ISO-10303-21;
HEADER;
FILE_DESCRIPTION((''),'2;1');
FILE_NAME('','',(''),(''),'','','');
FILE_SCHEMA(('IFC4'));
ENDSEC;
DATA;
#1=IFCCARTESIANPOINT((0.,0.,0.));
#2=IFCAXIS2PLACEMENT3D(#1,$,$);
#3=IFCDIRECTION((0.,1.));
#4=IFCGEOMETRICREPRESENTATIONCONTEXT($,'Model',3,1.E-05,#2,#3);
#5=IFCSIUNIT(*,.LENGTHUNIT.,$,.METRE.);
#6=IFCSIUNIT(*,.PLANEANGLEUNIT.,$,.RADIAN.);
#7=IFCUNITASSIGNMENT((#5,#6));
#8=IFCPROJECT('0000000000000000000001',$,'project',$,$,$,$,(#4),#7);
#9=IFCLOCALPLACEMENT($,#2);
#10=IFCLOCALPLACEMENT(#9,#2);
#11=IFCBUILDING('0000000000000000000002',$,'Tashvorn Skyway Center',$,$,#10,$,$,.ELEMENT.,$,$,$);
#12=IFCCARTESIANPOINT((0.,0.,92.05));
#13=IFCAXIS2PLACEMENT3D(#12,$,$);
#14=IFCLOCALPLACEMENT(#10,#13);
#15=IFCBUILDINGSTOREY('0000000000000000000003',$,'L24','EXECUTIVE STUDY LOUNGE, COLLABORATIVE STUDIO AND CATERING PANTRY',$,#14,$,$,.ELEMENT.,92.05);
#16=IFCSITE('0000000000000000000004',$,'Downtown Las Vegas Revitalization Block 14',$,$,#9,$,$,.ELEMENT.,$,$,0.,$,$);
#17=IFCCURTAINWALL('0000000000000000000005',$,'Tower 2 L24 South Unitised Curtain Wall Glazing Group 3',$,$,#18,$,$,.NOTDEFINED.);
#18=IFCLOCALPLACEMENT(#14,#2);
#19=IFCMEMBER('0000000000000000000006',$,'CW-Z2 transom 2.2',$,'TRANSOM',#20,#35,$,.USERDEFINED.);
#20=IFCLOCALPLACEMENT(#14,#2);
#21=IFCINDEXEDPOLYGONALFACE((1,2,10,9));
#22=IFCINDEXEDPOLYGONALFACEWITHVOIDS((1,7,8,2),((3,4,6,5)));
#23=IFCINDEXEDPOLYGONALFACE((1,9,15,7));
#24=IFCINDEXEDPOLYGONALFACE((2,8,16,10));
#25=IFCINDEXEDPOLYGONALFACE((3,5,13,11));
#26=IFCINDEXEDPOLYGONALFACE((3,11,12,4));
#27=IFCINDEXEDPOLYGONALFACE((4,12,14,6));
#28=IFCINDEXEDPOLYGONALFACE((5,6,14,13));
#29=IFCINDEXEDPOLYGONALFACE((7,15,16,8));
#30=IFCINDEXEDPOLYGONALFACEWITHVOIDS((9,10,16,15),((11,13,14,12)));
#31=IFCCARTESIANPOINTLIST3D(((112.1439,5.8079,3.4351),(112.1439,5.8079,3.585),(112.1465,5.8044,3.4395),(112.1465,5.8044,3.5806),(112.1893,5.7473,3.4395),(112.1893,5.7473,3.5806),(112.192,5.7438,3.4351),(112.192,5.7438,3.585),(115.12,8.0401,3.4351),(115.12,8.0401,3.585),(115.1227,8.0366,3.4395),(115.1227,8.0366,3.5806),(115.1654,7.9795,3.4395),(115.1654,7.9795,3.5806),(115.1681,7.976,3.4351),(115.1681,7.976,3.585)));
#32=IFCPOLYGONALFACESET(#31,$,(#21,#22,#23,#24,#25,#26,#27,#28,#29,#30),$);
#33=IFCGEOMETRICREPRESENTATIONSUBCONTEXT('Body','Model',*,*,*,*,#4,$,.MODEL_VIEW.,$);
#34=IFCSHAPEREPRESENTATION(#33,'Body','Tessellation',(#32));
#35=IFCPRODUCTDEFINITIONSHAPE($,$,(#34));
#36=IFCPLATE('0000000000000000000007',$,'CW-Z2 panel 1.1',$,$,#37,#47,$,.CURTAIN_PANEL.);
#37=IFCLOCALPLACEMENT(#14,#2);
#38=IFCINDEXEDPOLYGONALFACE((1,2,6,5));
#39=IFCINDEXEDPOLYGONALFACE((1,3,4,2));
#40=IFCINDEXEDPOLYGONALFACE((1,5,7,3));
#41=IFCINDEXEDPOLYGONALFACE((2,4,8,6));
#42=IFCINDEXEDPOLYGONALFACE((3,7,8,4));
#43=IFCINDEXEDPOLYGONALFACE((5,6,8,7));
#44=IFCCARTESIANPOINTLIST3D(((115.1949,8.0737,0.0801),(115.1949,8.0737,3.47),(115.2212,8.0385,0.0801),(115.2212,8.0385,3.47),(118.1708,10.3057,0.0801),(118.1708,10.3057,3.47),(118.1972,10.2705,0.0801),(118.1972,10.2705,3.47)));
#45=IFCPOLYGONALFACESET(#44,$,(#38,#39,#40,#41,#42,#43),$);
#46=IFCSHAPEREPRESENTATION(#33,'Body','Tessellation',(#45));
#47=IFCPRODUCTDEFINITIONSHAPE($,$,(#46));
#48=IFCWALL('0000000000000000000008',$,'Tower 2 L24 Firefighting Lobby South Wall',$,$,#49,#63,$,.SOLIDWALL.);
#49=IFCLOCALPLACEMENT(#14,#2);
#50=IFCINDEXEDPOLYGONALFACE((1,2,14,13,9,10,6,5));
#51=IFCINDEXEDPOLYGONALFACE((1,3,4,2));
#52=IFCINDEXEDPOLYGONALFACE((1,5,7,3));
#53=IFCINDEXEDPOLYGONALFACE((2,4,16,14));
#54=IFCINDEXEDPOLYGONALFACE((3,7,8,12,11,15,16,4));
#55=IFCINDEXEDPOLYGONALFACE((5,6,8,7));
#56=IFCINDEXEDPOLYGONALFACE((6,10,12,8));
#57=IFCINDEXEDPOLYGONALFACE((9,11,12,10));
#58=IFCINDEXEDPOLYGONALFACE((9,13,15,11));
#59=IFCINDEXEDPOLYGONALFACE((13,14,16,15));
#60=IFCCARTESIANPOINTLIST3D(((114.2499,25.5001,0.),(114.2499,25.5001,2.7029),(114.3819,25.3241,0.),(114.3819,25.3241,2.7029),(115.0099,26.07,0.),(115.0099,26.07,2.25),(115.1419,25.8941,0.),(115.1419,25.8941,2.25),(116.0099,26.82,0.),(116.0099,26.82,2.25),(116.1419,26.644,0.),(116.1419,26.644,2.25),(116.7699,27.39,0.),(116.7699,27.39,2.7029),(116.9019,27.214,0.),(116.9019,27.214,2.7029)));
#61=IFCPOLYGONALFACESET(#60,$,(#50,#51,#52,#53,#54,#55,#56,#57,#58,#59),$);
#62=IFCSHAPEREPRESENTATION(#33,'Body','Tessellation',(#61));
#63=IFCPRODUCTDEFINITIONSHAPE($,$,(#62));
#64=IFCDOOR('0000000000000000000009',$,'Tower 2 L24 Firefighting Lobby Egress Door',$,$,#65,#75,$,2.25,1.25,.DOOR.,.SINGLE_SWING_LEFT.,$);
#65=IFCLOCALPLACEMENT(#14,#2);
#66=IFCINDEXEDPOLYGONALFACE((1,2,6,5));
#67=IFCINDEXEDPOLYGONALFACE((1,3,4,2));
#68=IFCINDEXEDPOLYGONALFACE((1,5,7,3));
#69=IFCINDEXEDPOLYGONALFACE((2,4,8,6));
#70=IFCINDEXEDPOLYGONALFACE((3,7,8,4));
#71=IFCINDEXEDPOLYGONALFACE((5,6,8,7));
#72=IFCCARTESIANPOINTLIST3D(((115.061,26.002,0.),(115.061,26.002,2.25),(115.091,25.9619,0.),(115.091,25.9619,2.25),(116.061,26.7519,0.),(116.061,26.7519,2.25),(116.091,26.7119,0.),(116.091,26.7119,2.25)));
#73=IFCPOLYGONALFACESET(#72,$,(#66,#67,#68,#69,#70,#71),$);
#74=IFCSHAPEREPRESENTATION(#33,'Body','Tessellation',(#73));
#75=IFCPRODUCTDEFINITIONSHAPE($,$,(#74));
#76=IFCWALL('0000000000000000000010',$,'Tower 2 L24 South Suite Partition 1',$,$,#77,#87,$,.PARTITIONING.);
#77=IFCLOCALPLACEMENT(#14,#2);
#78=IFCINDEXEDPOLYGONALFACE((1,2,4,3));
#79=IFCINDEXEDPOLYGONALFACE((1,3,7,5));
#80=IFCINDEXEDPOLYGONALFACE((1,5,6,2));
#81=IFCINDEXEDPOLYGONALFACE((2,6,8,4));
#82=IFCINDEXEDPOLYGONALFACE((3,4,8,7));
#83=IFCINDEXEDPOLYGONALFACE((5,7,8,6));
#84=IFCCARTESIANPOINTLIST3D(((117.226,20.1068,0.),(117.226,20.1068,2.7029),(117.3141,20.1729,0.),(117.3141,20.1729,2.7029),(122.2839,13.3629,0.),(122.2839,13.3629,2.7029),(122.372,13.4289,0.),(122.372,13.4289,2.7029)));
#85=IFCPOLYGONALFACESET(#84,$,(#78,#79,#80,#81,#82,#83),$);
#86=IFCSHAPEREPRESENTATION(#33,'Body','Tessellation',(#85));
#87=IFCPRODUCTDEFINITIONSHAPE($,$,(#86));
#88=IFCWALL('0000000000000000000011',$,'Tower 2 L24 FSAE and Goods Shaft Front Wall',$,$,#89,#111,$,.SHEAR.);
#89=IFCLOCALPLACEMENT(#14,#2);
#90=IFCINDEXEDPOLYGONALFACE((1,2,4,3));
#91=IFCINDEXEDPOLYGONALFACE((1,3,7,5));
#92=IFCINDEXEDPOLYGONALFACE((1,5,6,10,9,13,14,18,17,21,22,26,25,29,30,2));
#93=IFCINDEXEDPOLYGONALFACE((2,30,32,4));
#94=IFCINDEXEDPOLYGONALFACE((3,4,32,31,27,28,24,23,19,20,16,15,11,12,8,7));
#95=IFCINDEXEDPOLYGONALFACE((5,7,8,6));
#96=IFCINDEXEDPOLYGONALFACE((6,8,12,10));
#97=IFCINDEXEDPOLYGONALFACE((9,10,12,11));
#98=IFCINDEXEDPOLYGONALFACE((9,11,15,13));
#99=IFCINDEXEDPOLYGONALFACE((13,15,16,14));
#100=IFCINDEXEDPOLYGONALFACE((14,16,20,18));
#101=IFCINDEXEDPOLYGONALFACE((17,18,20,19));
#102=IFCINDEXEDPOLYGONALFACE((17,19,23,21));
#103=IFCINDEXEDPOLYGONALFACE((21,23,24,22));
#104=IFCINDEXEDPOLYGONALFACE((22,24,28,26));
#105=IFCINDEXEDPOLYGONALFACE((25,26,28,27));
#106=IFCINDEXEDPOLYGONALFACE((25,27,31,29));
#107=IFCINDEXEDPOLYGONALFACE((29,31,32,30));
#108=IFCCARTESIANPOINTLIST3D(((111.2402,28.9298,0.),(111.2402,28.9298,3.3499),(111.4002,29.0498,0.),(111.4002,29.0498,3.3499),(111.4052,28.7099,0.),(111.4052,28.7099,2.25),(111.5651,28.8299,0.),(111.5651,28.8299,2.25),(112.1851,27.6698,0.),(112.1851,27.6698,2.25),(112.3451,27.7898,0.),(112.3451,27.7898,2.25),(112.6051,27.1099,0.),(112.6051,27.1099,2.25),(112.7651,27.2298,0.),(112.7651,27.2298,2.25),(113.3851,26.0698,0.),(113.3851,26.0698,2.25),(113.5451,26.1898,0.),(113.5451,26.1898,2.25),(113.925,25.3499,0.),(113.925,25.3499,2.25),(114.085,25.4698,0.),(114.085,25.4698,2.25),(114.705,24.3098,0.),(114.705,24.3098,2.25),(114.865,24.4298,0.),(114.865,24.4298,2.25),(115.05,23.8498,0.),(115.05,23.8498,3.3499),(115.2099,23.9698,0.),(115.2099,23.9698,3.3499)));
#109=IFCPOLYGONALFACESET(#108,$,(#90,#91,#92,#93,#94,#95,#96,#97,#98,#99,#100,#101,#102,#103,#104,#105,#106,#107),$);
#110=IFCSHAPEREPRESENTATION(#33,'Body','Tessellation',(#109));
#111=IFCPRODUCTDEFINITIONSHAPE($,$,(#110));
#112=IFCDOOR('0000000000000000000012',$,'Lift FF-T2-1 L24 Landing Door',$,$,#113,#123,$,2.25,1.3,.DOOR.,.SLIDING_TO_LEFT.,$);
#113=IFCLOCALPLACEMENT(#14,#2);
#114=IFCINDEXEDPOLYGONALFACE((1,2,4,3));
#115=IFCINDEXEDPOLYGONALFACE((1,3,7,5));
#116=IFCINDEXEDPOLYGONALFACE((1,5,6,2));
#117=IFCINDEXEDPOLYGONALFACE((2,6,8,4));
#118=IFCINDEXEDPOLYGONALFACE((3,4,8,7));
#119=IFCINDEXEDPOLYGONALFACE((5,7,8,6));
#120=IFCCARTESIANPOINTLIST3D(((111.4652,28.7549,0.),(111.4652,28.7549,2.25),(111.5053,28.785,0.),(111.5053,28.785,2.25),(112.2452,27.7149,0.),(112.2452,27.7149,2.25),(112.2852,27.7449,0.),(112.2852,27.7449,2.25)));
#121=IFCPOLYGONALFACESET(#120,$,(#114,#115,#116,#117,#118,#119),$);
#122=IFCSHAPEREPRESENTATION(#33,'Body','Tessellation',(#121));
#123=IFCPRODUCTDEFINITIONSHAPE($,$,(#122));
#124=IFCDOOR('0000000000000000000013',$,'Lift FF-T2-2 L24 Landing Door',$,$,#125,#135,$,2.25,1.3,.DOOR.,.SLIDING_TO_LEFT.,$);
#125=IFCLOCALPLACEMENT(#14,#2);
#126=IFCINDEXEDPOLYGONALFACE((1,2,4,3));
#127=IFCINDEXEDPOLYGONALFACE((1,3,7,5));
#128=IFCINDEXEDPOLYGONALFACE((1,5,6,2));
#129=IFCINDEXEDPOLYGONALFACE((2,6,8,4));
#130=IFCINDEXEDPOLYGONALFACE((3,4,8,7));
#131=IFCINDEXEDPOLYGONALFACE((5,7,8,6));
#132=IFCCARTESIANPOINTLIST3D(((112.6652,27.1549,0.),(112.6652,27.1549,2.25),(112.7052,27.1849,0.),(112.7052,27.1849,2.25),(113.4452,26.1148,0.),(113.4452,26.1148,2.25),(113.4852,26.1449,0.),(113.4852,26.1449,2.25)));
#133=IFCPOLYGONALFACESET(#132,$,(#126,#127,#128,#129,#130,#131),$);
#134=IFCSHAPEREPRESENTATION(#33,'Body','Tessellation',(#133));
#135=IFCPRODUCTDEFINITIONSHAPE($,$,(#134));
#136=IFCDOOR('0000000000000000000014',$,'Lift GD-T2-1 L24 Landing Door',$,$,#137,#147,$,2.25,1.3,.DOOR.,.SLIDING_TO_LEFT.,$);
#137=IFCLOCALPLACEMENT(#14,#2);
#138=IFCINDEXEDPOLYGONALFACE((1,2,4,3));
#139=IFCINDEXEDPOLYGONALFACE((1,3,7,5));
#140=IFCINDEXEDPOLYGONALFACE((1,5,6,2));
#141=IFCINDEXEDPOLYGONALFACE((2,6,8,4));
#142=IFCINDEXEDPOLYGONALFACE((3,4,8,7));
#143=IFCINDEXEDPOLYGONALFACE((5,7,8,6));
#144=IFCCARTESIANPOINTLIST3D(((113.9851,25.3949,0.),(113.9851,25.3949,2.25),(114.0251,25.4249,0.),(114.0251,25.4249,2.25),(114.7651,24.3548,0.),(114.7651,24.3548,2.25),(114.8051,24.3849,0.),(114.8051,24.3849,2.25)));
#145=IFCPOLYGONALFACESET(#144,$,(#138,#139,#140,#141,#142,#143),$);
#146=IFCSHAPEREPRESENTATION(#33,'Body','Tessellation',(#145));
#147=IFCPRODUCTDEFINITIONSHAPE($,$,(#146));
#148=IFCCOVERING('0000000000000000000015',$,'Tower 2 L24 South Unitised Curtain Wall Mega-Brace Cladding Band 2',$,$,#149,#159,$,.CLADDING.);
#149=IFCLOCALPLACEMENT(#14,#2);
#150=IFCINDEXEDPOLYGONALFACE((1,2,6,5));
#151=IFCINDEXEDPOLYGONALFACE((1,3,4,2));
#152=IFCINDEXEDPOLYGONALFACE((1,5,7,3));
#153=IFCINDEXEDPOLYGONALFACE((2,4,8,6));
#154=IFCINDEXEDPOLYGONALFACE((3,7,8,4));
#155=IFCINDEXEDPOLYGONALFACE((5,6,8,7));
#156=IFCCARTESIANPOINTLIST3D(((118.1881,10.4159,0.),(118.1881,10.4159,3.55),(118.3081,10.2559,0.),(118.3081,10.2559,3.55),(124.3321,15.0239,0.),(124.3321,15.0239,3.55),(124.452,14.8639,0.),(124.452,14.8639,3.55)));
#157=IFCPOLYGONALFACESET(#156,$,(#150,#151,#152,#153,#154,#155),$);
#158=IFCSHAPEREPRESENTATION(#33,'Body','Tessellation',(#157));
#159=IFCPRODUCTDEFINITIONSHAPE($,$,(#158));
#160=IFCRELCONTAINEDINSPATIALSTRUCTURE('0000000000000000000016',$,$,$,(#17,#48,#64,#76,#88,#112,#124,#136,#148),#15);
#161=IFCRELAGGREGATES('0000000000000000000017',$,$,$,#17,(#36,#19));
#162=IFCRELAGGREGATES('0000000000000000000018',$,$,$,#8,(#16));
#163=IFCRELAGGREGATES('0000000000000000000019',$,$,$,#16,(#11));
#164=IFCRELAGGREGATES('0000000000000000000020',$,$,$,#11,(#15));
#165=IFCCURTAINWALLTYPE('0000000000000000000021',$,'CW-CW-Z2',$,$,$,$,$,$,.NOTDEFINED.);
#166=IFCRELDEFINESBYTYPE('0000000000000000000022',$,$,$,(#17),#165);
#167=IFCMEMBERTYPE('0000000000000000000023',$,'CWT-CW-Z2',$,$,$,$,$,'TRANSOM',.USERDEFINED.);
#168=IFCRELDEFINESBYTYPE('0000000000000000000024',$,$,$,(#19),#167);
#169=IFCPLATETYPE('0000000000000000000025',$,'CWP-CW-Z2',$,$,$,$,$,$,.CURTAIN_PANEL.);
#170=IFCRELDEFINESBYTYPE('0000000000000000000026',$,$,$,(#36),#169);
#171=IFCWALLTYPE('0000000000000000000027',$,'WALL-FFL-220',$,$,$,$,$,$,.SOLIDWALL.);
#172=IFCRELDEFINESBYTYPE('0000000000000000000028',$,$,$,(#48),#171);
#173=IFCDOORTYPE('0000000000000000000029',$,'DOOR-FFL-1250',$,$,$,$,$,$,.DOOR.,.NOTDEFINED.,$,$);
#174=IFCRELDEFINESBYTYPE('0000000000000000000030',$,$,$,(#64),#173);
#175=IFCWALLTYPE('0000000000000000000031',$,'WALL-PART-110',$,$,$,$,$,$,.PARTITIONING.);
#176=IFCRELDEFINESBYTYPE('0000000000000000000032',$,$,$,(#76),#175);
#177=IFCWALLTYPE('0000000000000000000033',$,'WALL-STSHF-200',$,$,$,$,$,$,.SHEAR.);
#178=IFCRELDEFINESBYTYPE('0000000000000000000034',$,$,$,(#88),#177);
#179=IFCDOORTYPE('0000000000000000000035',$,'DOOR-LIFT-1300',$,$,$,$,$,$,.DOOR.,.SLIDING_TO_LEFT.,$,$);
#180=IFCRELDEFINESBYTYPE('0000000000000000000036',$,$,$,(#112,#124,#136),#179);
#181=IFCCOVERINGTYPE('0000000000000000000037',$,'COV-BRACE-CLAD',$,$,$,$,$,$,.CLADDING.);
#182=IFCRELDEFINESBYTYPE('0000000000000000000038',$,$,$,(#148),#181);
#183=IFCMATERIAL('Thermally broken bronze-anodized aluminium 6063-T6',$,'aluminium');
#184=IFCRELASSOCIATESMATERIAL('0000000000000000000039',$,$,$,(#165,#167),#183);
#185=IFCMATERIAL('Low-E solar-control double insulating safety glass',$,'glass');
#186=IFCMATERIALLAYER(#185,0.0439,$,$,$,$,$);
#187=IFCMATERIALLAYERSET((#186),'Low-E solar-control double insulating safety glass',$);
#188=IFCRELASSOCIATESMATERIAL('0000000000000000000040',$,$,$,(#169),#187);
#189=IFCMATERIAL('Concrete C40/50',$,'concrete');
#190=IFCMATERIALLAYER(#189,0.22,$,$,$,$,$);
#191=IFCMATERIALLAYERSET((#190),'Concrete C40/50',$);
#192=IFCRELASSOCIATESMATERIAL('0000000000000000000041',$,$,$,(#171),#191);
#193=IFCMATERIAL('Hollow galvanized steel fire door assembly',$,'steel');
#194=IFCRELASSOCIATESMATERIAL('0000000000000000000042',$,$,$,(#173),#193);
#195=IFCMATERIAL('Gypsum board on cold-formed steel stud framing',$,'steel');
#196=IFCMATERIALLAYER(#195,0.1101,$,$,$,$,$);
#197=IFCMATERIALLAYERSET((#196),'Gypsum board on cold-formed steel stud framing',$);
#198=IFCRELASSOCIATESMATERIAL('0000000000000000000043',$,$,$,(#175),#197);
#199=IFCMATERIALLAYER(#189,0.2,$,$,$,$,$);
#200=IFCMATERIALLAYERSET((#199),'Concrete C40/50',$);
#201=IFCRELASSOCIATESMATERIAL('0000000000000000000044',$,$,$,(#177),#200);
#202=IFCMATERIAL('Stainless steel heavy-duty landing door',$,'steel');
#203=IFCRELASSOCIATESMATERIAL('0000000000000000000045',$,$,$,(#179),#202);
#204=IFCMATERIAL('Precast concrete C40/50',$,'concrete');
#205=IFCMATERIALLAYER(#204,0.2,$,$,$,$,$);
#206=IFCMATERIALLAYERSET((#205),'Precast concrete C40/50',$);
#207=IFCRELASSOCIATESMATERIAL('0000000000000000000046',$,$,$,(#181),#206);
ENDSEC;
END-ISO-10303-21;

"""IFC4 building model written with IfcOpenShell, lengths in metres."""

from ifc_helpers import new_model, si_unit, direction, frame, frame_2d, origin, origin_2d, place, context, subcontext, project, spatial, rectangle, hollow_rectangle, extrude, material, layer, layer_set, material_profile, profile_set, type_object, element, fill, aggregate, save


model = new_model("IFC4")

# Units and contexts
model_context = context("Model", 3, precision=1e-05, world=origin(), true_north=direction((0.0, 1.0)))
body_context = subcontext(model_context, "Body", "Model", "MODEL_VIEW")
ifc_project = project(units=[si_unit("LENGTHUNIT", "METRE"), si_unit("PLANEANGLEUNIT", "RADIAN")], contexts=[model_context])

# Site, building, storey
site_placement = place(None, origin())
site = spatial("IfcSite", under=ifc_project, at=site_placement, Name="Downtown Las Vegas Revitalization Block 14", CompositionType="ELEMENT", RefElevation=0.0)
building_placement = place(site_placement, origin())
building = spatial("IfcBuilding", under=site, at=building_placement, Name="Tashvorn Skyway Center", CompositionType="ELEMENT")
storey_placement = place(building_placement, frame((0.0, 0.0, 92.05)))
storey = spatial("IfcBuildingStorey", under=building, at=storey_placement, Name="L24", Description="EXECUTIVE STUDY LOUNGE, COLLABORATIVE STUDIO AND CATERING PANTRY", CompositionType="ELEMENT", Elevation=92.05)

# Shared definitions
ifc_material_1 = material(Name="Thermally broken bronze-anodized aluminium 6063-T6", Category="aluminium")
curtain_wall_type = type_object("IfcCurtainWallType", Name="CW-CW-Z2", PredefinedType="NOTDEFINED", material=ifc_material_1)

# Curtain wall, member, plate
curtain_wall_1_placement = place(storey_placement, origin())
curtain_wall_1 = element("IfcCurtainWall", 1, at=curtain_wall_1_placement, inside=storey, type_object=curtain_wall_type, Name="Tower 2 L24 South Unitised Curtain Wall Glazing Group 3", PredefinedType="NOTDEFINED")
ifc_material_profile_1 = material_profile(ifc_material_1, hollow_rectangle(XDim=0.0801, YDim=0.1499, WallThickness=0.0044, at=origin_2d()), Name="ALU-TRAN-80x150")
ifc_profile_set_1 = profile_set([ifc_material_profile_1], Name="Thermally broken bronze-anodized aluminium 6063-T6")
member_type_1 = type_object("IfcMemberType", Name="CWT-CW-Z2", ElementType="TRANSOM", PredefinedType="USERDEFINED", material=ifc_profile_set_1)
member_1_placement = place(storey_placement, frame((115.144, 8.0081, 3.51), z_axis=(-0.799984, -0.600021, 0.0), x_axis=(0.600021, -0.799984, 0.0)))
member_1 = element("IfcMember", 2, at=member_1_placement, type_object=member_type_1, Name="CW-Z2 transom 2.2", ObjectType="TRANSOM", PredefinedType="USERDEFINED", context=body_context, shape_type="SweptSolid", body=[
    extrude(hollow_rectangle(XDim=0.0801, YDim=0.1499, WallThickness=0.0044, at=origin_2d()), origin(), (0.0, 0.0, 1.0), 3.7202),
])
ifc_material_2 = material(Name="Low-E solar-control double insulating safety glass", Category="glass")
ifc_layer_1 = layer(ifc_material_2, 0.0439)
ifc_layer_set_1 = layer_set([ifc_layer_1], Name="Low-E solar-control double insulating safety glass")
plate_type = type_object("IfcPlateType", Name="CWP-CW-Z2", PredefinedType="CURTAIN_PANEL", material=ifc_layer_set_1)
plate_placement = place(storey_placement, frame((116.696, 9.1721, 0.0801), z_axis=(0.0, 0.0, 1.0), x_axis=(-0.8, -0.6, 0.0)))
plate = element("IfcPlate", 3, at=plate_placement, type_object=plate_type, Name="CW-Z2 panel 1.1", PredefinedType="CURTAIN_PANEL", context=body_context, shape_type="SweptSolid", body=[
    extrude(rectangle(XDim=3.72, YDim=0.0439, at=origin_2d()), origin(), (0.0, 0.0, 1.0), 3.3899),
])
aggregate(curtain_wall_1, [plate, member_1])

# Wall, opening, door
ifc_material_3 = material(Name="Concrete C40/50", Category="concrete")
ifc_layer_2 = layer(ifc_material_3, 0.22)
ifc_layer_set_2 = layer_set([ifc_layer_2], Name="Concrete C40/50")
wall_type_1 = type_object("IfcWallType", Name="WALL-FFL-220", PredefinedType="SOLIDWALL", material=ifc_layer_set_2)
wall_1_placement = place(storey_placement, frame((114.3159, 25.4121, 0.0), z_axis=(0.0, 0.0, 1.0), x_axis=(0.800019, 0.599975, 0.0)))
wall_1 = element("IfcWall", 4, at=wall_1_placement, inside=storey, type_object=wall_type_1, Name="Tower 2 L24 Firefighting Lobby South Wall", PredefinedType="SOLIDWALL", context=body_context, shape_type="SweptSolid", body=[
    extrude(rectangle(XDim=3.1499, YDim=0.22, at=frame_2d((1.575, 0.0))), origin(), (0.0, 0.0, 1.0), 2.7029),
])
opening_1_placement = place(wall_1_placement, frame((0.95, 0.0, 0.0)))
opening_1 = element("IfcOpeningElement", 5, at=opening_1_placement, cuts=wall_1, PredefinedType="OPENING", context=body_context, shape_type="SweptSolid", body=[
    extrude(rectangle(XDim=1.25, YDim=2.25, at=frame_2d((0.625, 1.125))), frame((0.0, 0.1199, 0.0), z_axis=(0.0, -1.0, 0.0), x_axis=(1.0, 0.0, 0.0)), (0.0, 0.0, 1.0), 0.24),
])
ifc_material_4 = material(Name="Hollow galvanized steel fire door assembly", Category="steel")
door_type_1 = type_object("IfcDoorType", Name="DOOR-FFL-1250", OperationType="NOTDEFINED", PredefinedType="DOOR", material=ifc_material_4)
door_1_placement = place(opening_1_placement, origin())
door_1 = element("IfcDoor", 6, at=door_1_placement, inside=storey, type_object=door_type_1, Name="Tower 2 L24 Firefighting Lobby Egress Door", OperationType="SINGLE_SWING_LEFT", OverallHeight=2.25, OverallWidth=1.25, PredefinedType="DOOR", context=body_context, shape_type="SweptSolid", body=[
    extrude(rectangle(XDim=1.25, YDim=2.25, at=frame_2d((0.625, 1.125))), frame((0.0, 0.0249, 0.0), z_axis=(0.0, -1.0, 0.0), x_axis=(1.0, 0.0, 0.0)), (0.0, 0.0, 1.0), 0.05),
])
fill(opening_1, door_1)

# Wall
ifc_material_5 = material(Name="Gypsum board on cold-formed steel stud framing", Category="steel")
ifc_layer_3 = layer(ifc_material_5, 0.1101)
ifc_layer_set_3 = layer_set([ifc_layer_3], Name="Gypsum board on cold-formed steel stud framing")
wall_type_2 = type_object("IfcWallType", Name="WALL-PART-110", PredefinedType="PARTITIONING", material=ifc_layer_set_3)
wall_2_placement = place(storey_placement, frame((122.3279, 13.396, 0.0), z_axis=(0.0, 0.0, 1.0), x_axis=(-0.599995, 0.800003, 0.0)))
element("IfcWall", 7, at=wall_2_placement, inside=storey, type_object=wall_type_2, Name="Tower 2 L24 South Suite Partition 1", PredefinedType="PARTITIONING", context=body_context, shape_type="SweptSolid", body=[
    extrude(rectangle(XDim=8.4299, YDim=0.1101, at=frame_2d((4.2148, 0.0))), origin(), (0.0, 0.0, 1.0), 2.7029),
])

# Wall, openings, doors
ifc_layer_4 = layer(ifc_material_3, 0.2)
ifc_layer_set_4 = layer_set([ifc_layer_4], Name="Concrete C40/50")
wall_type_3 = type_object("IfcWallType", Name="WALL-STSHF-200", PredefinedType="SHEAR", material=ifc_layer_set_4)
wall_3_placement = place(storey_placement, frame((115.1299, 23.9099, 0.0), z_axis=(0.0, 0.0, 1.0), x_axis=(-0.599975, 0.800018, 0.0)))
wall_3 = element("IfcWall", 8, at=wall_3_placement, inside=storey, type_object=wall_type_3, Name="Tower 2 L24 FSAE and Goods Shaft Front Wall", PredefinedType="SHEAR", context=body_context, shape_type="SweptSolid", body=[
    extrude(rectangle(XDim=6.3499, YDim=0.2, at=frame_2d((3.1748, 0.0))), origin(), (0.0, 0.0, 1.0), 3.3499),
])
opening_2_placement = place(wall_3_placement, frame((4.7749, 0.0, 0.0)))
opening_2 = element("IfcOpeningElement", 9, at=opening_2_placement, cuts=wall_3, PredefinedType="OPENING", context=body_context, shape_type="SweptSolid", body=[
    extrude(rectangle(XDim=1.3, YDim=2.25, at=frame_2d((0.6499, 1.125))), frame((0.0, 0.1099, 0.0), z_axis=(0.0, -1.0, 0.0), x_axis=(1.0, 0.0, 0.0)), (0.0, 0.0, 1.0), 0.22),
])
opening_3_placement = place(wall_3_placement, frame((2.7749, 0.0, 0.0)))
opening_3 = element("IfcOpeningElement", 10, at=opening_3_placement, cuts=wall_3, PredefinedType="OPENING", context=body_context, shape_type="SweptSolid", body=[
    extrude(rectangle(XDim=1.3, YDim=2.25, at=frame_2d((0.6499, 1.125))), frame((0.0, 0.1099, 0.0), z_axis=(0.0, -1.0, 0.0), x_axis=(1.0, 0.0, 0.0)), (0.0, 0.0, 1.0), 0.22),
])
opening_4_placement = place(wall_3_placement, frame((0.575, 0.0, 0.0)))
opening_4 = element("IfcOpeningElement", 11, at=opening_4_placement, cuts=wall_3, PredefinedType="OPENING", context=body_context, shape_type="SweptSolid", body=[
    extrude(rectangle(XDim=1.3, YDim=2.25, at=frame_2d((0.6499, 1.125))), frame((0.0, 0.1099, 0.0), z_axis=(0.0, -1.0, 0.0), x_axis=(1.0, 0.0, 0.0)), (0.0, 0.0, 1.0), 0.22),
])
ifc_material_6 = material(Name="Stainless steel heavy-duty landing door", Category="steel")
door_type_2 = type_object("IfcDoorType", Name="DOOR-LIFT-1300", OperationType="SLIDING_TO_LEFT", PredefinedType="DOOR", material=ifc_material_6)
door_2_placement = place(opening_2_placement, origin())
door_2 = element("IfcDoor", 12, at=door_2_placement, inside=storey, type_object=door_type_2, Name="Lift FF-T2-1 L24 Landing Door", OperationType="SLIDING_TO_LEFT", OverallHeight=2.25, OverallWidth=1.3, PredefinedType="DOOR", context=body_context, shape_type="SweptSolid", body=[
    extrude(rectangle(XDim=1.3, YDim=2.25, at=frame_2d((0.6499, 1.125))), frame((0.0, 0.0249, 0.0), z_axis=(0.0, -1.0, 0.0), x_axis=(1.0, 0.0, 0.0)), (0.0, 0.0, 1.0), 0.05),
])
fill(opening_2, door_2)
door_3_placement = place(opening_3_placement, origin())
door_3 = element("IfcDoor", 13, at=door_3_placement, inside=storey, type_object=door_type_2, Name="Lift FF-T2-2 L24 Landing Door", OperationType="SLIDING_TO_LEFT", OverallHeight=2.25, OverallWidth=1.3, PredefinedType="DOOR", context=body_context, shape_type="SweptSolid", body=[
    extrude(rectangle(XDim=1.3, YDim=2.25, at=frame_2d((0.6499, 1.125))), frame((0.0, 0.0249, 0.0), z_axis=(0.0, -1.0, 0.0), x_axis=(1.0, 0.0, 0.0)), (0.0, 0.0, 1.0), 0.05),
])
fill(opening_3, door_3)
door_4_placement = place(opening_4_placement, origin())
door_4 = element("IfcDoor", 14, at=door_4_placement, inside=storey, type_object=door_type_2, Name="Lift GD-T2-1 L24 Landing Door", OperationType="SLIDING_TO_LEFT", OverallHeight=2.25, OverallWidth=1.3, PredefinedType="DOOR", context=body_context, shape_type="SweptSolid", body=[
    extrude(rectangle(XDim=1.3, YDim=2.25, at=frame_2d((0.6499, 1.125))), frame((0.0, 0.0249, 0.0), z_axis=(0.0, -1.0, 0.0), x_axis=(1.0, 0.0, 0.0)), (0.0, 0.0, 1.0), 0.05),
])
fill(opening_4, door_4)

# Covering
ifc_material_7 = material(Name="Precast concrete C40/50", Category="concrete")
ifc_layer_5 = layer(ifc_material_7, 0.2)
ifc_layer_set_5 = layer_set([ifc_layer_5], Name="Precast concrete C40/50")
covering_type = type_object("IfcCoveringType", Name="COV-BRACE-CLAD", PredefinedType="CLADDING", material=ifc_layer_set_5)
covering_placement = place(storey_placement, frame((121.3201, 12.6399, 0.0), z_axis=(0.0, 0.0, 1.0), x_axis=(-0.8, -0.6, 0.0)))
element("IfcCovering", 15, at=covering_placement, inside=storey, type_object=covering_type, Name="Tower 2 L24 South Unitised Curtain Wall Mega-Brace Cladding Band 2", PredefinedType="CLADDING", context=body_context, shape_type="SweptSolid", body=[
    extrude(rectangle(XDim=7.6799, YDim=0.2, at=origin_2d()), origin(), (0.0, 0.0, 1.0), 3.55),
])

save(model, "model.ifc")
